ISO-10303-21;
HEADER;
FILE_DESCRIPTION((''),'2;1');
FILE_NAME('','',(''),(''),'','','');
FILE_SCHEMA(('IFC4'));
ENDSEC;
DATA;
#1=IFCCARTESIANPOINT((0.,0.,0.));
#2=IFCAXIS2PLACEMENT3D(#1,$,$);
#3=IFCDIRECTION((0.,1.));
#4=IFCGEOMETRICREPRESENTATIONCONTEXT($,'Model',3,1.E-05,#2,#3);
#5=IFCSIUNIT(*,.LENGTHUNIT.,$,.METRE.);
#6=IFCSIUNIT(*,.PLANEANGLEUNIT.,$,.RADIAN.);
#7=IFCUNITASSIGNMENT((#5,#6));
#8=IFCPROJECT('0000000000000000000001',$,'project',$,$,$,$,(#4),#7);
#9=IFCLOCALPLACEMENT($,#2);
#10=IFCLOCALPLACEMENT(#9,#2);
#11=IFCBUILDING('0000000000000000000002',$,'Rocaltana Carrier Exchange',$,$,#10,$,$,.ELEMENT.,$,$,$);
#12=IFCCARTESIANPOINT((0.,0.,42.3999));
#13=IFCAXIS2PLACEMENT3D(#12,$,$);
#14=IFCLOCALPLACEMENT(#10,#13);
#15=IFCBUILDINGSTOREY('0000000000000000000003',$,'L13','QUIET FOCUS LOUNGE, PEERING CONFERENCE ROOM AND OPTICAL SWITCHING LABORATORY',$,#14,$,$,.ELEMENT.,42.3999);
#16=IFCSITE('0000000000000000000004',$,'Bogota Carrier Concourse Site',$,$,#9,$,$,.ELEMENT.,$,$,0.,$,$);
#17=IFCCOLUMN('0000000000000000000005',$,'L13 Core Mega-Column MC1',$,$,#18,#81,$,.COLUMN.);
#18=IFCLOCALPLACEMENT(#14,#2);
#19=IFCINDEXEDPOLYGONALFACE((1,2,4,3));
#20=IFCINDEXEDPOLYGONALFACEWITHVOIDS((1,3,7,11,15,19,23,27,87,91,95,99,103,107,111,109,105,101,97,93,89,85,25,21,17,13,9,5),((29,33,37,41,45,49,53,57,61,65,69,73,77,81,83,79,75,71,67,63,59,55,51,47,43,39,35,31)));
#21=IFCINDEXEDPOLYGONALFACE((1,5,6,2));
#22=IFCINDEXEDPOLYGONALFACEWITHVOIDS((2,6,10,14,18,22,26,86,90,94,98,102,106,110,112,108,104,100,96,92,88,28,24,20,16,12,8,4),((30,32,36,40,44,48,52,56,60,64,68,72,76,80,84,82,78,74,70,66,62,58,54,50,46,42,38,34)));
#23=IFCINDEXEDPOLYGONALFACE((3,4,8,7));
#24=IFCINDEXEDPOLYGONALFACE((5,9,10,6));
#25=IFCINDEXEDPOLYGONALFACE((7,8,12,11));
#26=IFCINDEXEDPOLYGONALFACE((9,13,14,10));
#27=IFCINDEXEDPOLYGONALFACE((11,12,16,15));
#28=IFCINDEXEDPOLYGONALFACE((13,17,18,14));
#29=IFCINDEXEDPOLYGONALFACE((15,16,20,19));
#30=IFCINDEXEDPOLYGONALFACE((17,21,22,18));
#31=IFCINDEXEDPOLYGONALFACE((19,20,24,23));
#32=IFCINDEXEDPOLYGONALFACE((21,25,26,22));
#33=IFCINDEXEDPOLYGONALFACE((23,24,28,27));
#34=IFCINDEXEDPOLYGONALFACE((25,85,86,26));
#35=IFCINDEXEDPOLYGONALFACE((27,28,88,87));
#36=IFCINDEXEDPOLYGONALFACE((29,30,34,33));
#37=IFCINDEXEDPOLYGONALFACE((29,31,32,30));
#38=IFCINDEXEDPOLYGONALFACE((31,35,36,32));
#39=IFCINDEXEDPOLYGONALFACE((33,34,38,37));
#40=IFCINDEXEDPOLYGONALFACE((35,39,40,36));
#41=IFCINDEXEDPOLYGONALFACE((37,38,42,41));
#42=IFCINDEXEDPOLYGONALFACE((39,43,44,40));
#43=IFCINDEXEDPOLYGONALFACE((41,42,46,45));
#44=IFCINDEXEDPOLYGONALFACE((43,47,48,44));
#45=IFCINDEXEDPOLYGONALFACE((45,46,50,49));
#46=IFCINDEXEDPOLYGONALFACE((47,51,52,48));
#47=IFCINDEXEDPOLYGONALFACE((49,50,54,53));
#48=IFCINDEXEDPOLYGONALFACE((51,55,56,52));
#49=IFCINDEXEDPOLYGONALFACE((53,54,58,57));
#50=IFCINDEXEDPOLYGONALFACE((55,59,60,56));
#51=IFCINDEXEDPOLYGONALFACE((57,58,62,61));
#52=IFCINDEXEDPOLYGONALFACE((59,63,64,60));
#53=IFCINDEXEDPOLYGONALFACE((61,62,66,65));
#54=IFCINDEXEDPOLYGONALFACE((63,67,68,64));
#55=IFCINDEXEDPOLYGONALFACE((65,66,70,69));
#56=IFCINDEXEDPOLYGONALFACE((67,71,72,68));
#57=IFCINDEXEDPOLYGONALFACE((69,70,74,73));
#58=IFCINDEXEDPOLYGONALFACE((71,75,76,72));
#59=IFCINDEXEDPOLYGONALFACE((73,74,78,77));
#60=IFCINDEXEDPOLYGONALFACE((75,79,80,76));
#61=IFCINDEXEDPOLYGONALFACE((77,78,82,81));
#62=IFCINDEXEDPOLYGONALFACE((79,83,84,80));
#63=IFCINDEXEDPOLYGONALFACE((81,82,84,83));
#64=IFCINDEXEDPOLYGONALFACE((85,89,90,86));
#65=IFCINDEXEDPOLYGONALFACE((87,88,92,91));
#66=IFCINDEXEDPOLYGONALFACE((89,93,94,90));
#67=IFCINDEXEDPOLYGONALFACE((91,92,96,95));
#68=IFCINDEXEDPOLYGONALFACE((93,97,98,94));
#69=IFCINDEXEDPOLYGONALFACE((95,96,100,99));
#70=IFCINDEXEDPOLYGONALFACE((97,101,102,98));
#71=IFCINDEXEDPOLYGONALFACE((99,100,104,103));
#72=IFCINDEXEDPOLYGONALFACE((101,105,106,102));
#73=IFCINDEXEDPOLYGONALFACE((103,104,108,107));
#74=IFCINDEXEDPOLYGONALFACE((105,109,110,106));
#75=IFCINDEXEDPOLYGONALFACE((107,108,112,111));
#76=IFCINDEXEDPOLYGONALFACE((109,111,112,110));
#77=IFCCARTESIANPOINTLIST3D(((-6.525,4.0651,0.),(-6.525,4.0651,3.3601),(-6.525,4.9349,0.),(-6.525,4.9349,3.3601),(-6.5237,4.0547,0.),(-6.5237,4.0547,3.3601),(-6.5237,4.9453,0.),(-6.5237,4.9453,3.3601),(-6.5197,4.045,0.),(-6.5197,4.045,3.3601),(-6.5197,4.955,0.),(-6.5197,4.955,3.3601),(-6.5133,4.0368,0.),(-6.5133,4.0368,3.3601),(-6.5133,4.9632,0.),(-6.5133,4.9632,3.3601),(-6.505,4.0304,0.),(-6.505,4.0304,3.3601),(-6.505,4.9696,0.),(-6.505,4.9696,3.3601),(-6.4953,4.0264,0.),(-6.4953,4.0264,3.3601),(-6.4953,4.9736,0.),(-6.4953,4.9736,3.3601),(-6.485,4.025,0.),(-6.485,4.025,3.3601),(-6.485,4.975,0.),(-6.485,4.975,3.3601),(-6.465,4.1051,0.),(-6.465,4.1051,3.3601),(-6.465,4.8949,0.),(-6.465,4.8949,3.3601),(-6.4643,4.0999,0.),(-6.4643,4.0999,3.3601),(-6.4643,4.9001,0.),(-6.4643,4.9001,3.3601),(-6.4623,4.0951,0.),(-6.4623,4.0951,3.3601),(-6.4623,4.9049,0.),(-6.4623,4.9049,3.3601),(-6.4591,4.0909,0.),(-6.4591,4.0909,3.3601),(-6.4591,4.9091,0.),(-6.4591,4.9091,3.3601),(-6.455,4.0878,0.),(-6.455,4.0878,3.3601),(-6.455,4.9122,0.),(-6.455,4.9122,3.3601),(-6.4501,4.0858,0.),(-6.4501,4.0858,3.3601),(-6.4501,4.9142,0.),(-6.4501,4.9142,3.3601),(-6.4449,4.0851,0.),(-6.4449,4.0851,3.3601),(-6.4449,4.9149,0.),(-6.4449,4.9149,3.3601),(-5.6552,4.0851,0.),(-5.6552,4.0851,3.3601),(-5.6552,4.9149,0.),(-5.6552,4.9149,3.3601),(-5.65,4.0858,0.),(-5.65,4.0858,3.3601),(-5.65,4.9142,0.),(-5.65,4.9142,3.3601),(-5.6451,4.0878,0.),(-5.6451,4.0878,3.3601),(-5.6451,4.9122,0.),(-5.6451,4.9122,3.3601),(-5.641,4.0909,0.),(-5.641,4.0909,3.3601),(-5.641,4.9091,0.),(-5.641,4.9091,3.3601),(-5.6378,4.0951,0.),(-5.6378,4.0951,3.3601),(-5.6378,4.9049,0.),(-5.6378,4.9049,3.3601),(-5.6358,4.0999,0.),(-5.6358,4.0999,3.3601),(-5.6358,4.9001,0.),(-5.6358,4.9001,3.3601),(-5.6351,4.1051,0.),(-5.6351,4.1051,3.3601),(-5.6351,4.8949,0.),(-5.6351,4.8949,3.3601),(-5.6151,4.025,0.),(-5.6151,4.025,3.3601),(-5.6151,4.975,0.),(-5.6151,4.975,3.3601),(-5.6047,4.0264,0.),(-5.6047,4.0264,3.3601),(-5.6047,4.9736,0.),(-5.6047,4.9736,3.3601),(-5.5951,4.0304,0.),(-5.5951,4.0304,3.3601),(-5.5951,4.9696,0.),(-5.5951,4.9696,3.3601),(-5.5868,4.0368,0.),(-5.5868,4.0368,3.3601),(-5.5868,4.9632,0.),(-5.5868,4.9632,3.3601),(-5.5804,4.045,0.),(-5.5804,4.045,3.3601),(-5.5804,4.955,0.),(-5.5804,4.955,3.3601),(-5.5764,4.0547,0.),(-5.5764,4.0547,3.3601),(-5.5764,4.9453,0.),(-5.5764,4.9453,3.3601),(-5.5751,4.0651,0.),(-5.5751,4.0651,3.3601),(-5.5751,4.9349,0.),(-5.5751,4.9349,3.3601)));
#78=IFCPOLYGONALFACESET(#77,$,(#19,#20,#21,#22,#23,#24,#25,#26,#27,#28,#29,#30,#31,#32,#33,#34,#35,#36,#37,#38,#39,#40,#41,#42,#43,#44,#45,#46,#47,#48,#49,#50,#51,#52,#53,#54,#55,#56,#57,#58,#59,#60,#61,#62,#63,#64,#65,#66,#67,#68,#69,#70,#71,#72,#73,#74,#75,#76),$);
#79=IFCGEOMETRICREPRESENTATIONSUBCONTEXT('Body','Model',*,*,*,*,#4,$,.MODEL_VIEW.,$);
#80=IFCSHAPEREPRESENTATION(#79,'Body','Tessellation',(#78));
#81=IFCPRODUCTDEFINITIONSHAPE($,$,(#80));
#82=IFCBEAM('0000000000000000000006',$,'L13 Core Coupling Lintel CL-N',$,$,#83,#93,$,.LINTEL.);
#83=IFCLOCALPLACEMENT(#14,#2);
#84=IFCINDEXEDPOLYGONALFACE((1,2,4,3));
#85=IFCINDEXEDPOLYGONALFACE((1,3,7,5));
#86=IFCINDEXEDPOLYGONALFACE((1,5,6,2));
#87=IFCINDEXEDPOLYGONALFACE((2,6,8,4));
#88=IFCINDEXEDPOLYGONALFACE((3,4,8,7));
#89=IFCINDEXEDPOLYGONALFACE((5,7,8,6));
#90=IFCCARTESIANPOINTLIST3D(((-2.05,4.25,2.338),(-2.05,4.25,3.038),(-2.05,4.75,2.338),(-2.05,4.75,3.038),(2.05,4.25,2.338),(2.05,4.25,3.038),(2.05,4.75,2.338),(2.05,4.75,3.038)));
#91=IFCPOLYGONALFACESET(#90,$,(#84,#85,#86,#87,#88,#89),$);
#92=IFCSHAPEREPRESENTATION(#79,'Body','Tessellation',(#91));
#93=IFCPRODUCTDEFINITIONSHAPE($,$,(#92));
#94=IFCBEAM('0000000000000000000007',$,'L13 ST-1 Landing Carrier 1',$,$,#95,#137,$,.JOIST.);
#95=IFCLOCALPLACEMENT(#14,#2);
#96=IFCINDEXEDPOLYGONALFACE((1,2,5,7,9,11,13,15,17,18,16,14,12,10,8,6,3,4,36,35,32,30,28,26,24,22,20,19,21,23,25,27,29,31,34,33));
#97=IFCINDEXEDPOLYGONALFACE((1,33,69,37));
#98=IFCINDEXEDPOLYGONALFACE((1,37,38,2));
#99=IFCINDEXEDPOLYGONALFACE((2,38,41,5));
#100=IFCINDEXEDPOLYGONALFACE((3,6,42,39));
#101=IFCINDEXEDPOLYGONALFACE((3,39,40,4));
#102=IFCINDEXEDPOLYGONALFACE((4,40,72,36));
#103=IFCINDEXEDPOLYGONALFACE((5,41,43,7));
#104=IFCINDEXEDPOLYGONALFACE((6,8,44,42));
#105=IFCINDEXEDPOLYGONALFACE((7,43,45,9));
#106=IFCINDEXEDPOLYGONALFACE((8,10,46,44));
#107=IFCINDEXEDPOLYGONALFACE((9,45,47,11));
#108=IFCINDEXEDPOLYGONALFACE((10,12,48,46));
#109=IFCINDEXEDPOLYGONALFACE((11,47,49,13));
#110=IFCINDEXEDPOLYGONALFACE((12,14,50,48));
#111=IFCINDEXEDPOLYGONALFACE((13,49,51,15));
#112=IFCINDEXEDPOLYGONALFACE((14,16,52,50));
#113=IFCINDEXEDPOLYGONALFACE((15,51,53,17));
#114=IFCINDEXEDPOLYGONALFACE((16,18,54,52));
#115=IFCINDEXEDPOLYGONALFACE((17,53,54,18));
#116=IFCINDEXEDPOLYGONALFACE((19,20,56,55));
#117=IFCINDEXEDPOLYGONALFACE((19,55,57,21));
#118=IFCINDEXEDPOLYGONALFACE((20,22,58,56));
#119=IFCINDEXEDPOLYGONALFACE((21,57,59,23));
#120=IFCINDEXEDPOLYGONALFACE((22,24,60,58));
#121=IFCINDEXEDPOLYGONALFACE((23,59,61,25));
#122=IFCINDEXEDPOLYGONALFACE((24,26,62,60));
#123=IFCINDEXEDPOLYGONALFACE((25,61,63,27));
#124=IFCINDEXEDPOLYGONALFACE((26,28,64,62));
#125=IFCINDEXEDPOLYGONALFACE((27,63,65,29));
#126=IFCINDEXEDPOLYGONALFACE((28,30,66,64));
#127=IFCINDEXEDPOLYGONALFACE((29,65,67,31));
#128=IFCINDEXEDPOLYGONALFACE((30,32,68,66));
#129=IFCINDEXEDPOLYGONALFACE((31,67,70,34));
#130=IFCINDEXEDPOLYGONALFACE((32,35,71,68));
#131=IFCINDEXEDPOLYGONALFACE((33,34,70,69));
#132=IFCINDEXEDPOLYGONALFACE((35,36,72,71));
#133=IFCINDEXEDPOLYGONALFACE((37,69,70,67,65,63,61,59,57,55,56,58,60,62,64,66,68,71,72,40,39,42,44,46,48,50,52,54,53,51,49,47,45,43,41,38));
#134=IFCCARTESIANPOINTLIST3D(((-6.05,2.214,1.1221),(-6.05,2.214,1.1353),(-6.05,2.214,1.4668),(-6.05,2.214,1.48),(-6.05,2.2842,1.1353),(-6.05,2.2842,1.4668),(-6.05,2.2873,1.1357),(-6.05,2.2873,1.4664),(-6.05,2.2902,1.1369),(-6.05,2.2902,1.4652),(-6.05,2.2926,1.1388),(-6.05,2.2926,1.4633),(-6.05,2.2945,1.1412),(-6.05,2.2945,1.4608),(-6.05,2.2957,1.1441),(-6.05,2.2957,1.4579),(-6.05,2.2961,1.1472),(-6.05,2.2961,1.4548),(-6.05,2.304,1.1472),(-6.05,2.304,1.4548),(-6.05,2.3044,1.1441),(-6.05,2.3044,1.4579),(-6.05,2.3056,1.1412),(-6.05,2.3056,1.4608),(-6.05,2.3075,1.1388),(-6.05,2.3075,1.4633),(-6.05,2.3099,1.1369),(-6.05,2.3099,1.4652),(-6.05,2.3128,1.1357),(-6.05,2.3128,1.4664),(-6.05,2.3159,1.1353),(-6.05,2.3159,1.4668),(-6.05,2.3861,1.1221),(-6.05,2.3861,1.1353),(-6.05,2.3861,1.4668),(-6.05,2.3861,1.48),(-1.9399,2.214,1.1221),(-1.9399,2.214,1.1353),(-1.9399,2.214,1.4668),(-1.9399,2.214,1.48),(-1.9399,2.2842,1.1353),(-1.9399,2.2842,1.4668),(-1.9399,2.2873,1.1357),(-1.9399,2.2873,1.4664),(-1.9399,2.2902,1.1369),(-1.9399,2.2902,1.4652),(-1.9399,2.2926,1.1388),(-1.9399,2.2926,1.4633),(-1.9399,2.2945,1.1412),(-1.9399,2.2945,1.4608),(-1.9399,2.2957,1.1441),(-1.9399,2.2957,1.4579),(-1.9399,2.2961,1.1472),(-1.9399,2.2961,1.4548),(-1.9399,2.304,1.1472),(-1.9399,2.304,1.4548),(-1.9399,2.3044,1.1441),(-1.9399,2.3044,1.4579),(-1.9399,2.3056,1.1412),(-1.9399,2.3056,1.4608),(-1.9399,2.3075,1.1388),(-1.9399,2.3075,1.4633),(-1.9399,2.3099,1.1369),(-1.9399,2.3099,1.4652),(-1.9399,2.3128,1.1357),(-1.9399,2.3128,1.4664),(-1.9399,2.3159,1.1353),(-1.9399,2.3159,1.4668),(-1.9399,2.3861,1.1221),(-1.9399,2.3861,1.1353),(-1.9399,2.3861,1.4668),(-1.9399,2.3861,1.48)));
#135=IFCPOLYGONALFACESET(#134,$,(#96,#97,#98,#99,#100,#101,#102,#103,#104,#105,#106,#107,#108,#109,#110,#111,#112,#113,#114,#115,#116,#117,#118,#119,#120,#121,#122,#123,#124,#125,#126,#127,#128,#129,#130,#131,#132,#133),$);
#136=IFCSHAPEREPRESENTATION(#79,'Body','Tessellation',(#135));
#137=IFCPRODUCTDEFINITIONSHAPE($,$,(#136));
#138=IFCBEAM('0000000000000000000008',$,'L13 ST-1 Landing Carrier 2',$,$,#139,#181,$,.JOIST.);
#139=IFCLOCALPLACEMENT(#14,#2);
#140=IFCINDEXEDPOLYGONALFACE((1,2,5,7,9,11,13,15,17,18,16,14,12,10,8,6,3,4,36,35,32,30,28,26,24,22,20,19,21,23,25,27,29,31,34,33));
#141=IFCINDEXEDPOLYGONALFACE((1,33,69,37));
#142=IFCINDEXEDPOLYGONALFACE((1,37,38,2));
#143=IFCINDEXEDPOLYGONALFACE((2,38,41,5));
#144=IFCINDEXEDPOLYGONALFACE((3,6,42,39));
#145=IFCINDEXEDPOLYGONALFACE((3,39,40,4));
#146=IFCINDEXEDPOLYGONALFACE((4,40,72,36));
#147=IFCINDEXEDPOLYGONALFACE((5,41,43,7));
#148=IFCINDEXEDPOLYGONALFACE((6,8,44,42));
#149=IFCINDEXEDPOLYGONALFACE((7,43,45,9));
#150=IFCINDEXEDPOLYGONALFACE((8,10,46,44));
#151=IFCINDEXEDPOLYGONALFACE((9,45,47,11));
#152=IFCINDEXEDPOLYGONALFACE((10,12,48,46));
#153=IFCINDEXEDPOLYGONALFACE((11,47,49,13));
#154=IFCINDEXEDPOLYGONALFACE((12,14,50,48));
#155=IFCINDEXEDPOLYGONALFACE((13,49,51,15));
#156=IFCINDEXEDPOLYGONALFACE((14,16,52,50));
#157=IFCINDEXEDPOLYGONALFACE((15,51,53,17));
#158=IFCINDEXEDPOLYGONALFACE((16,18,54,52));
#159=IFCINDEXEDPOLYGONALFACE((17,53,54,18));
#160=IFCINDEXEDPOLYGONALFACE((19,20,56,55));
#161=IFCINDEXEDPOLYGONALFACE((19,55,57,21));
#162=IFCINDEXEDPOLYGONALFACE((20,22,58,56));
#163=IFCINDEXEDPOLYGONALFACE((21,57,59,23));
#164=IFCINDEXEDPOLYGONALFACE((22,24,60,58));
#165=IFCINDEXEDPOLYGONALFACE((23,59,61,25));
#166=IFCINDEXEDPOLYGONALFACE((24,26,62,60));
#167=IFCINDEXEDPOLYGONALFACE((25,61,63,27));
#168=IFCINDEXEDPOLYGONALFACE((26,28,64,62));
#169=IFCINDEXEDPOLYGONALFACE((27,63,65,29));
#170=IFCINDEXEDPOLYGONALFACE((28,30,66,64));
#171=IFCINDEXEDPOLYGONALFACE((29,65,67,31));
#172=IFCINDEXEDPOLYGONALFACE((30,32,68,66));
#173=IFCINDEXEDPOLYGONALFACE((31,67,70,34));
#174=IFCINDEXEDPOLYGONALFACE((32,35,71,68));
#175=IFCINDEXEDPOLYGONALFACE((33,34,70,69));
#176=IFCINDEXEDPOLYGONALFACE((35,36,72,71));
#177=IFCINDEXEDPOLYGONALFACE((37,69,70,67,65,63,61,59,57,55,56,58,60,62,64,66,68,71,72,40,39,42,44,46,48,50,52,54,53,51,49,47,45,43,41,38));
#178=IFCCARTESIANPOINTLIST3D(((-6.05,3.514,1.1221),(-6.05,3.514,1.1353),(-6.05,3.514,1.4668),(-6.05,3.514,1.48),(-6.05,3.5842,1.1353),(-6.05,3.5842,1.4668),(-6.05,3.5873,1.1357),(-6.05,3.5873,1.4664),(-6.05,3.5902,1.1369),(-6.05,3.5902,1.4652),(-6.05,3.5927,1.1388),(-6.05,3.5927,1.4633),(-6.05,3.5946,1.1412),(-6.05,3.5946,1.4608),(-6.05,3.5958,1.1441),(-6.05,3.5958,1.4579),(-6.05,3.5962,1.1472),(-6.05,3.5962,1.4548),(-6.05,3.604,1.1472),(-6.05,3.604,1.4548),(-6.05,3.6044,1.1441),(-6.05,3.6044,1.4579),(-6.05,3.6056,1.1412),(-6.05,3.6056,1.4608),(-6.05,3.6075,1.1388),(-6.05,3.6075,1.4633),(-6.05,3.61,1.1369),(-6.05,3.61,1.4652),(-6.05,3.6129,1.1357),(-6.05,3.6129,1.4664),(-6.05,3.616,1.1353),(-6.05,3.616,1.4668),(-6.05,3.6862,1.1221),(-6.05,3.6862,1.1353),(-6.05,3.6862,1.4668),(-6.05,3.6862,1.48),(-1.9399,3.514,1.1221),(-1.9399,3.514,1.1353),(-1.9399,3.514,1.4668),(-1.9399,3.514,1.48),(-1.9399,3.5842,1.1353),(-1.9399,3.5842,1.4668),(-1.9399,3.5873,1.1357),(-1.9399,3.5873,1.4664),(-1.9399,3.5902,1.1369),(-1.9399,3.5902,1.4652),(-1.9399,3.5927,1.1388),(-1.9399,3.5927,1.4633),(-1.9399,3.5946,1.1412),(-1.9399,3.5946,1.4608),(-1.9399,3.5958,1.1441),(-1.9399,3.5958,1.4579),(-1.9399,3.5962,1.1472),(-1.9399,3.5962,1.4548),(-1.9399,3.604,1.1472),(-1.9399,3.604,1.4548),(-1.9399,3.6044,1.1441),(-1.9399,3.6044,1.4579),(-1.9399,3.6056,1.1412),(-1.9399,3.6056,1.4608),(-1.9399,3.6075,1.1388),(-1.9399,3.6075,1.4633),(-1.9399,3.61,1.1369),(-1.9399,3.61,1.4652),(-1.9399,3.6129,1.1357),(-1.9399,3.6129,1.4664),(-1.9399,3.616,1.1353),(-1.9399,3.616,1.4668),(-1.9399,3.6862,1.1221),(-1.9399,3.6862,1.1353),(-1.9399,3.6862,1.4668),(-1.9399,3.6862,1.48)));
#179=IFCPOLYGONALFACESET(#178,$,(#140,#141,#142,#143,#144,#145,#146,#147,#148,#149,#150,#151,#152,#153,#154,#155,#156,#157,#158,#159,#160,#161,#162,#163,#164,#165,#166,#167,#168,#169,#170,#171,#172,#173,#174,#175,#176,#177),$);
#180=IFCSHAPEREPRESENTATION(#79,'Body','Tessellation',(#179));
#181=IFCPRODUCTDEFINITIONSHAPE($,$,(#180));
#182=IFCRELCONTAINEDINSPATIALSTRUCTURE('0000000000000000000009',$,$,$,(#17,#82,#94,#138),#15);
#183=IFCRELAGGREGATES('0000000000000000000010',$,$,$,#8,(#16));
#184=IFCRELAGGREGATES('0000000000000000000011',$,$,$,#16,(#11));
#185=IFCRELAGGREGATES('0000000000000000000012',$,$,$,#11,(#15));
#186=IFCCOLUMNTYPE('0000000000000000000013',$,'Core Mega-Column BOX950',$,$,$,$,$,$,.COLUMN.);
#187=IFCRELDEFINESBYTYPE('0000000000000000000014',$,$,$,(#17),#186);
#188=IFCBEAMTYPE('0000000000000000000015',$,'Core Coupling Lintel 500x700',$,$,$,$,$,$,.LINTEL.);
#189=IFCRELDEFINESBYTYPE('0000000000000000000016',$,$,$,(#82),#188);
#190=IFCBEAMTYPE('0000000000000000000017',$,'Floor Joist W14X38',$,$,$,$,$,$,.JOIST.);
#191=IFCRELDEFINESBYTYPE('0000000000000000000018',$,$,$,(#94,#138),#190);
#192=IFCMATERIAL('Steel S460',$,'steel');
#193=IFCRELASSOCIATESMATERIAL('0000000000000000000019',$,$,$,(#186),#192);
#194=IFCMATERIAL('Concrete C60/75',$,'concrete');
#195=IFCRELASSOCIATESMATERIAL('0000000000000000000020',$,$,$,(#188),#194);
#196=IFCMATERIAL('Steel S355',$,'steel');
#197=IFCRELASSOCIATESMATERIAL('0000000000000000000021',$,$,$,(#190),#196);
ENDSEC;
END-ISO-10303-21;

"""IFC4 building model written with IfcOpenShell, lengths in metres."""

from ifc_helpers import new_model, si_unit, direction, frame, origin, origin_2d, place, context, subcontext, project, spatial, rectangle, hollow_rectangle, i_section, extrude, material, material_profile, profile_set, type_object, element, save


model = new_model("IFC4")

# Units and contexts
model_context = context("Model", 3, precision=1e-05, world=origin(), true_north=direction((0.0, 1.0)))
body_context = subcontext(model_context, "Body", "Model", "MODEL_VIEW")
ifc_project = project(units=[si_unit("LENGTHUNIT", "METRE"), si_unit("PLANEANGLEUNIT", "RADIAN")], contexts=[model_context])

# Site, building, storey
site_placement = place(None, origin())
site = spatial("IfcSite", under=ifc_project, at=site_placement, Name="Bogota Carrier Concourse Site", CompositionType="ELEMENT", RefElevation=0.0)
building_placement = place(site_placement, origin())
building = spatial("IfcBuilding", under=site, at=building_placement, Name="Rocaltana Carrier Exchange", CompositionType="ELEMENT")
storey_placement = place(building_placement, frame((0.0, 0.0, 42.3999)))
storey = spatial("IfcBuildingStorey", under=building, at=storey_placement, Name="L13", Description="QUIET FOCUS LOUNGE, PEERING CONFERENCE ROOM AND OPTICAL SWITCHING LABORATORY", CompositionType="ELEMENT", Elevation=42.3999)

# Column
ifc_material_1 = material(Name="Steel S460", Category="steel")
ifc_material_profile_1 = material_profile(ifc_material_1, hollow_rectangle(XDim=0.95, YDim=0.95, WallThickness=0.0601, InnerFilletRadius=0.02, OuterFilletRadius=0.04, at=origin_2d()), Name="BOX950X950X60")
ifc_profile_set_1 = profile_set([ifc_material_profile_1], Name="Steel S460")
column_type = type_object("IfcColumnType", Name="Core Mega-Column BOX950", PredefinedType="COLUMN", material=ifc_profile_set_1)
column_placement = place(storey_placement, frame((-6.05, 4.5, 0.0), z_axis=(0.0, 0.0, 1.0), x_axis=(1.0, 0.0, 0.0)))
element("IfcColumn", 1, at=column_placement, inside=storey, type_object=column_type, Name="L13 Core Mega-Column MC1", PredefinedType="COLUMN", context=body_context, shape_type="SweptSolid", body=[
    extrude(hollow_rectangle(XDim=0.95, YDim=0.95, WallThickness=0.0601, InnerFilletRadius=0.02, OuterFilletRadius=0.04, at=origin_2d()), origin(), (0.0, 0.0, 1.0), 3.3601),
])

# Beams
ifc_material_2 = material(Name="Concrete C60/75", Category="concrete")
ifc_material_profile_2 = material_profile(ifc_material_2, rectangle(XDim=0.5, YDim=0.7, at=origin_2d()), Name="RC-BM-500X700")
ifc_profile_set_2 = profile_set([ifc_material_profile_2], Name="Concrete C60/75")
beam_type_1 = type_object("IfcBeamType", Name="Core Coupling Lintel 500x700", PredefinedType="LINTEL", material=ifc_profile_set_2)
beam_1_placement = place(storey_placement, frame((-2.05, 4.5, 2.688), z_axis=(1.0, 0.0, 0.0), x_axis=(0.0, 1.0, 0.0)))
element("IfcBeam", 2, at=beam_1_placement, inside=storey, type_object=beam_type_1, Name="L13 Core Coupling Lintel CL-N", PredefinedType="LINTEL", context=body_context, shape_type="SweptSolid", body=[
    extrude(rectangle(XDim=0.5, YDim=0.7, at=origin_2d()), origin(), (0.0, 0.0, 1.0), 4.1001),
])
ifc_material_3 = material(Name="Steel S355", Category="steel")
ifc_material_profile_3 = material_profile(ifc_material_3, i_section(OverallWidth=0.1721, OverallDepth=0.3579, WebThickness=0.0078, FlangeThickness=0.0132, FilletRadius=0.012, at=origin_2d()), Name="W14X38")
ifc_profile_set_3 = profile_set([ifc_material_profile_3], Name="Steel S355")
beam_type_2 = type_object("IfcBeamType", Name="Floor Joist W14X38", PredefinedType="JOIST", material=ifc_profile_set_3)
for number, where, z_axis, x_axis, name in (
    (3, (-6.05, 2.3, 1.301), (1.0, 0.0, 0.0), (0.0, 1.0, 0.0), "L13 ST-1 Landing Carrier 1"),
    (4, (-6.05, 3.6001, 1.301), (1.0, 0.0, 0.0), (0.0, 1.0, 0.0), "L13 ST-1 Landing Carrier 2"),
):
    element("IfcBeam", number, at=place(storey_placement, frame(where, z_axis=z_axis, x_axis=x_axis)), inside=storey, type_object=beam_type_2, Name=name, PredefinedType="JOIST", context=body_context, shape_type="SweptSolid", body=[
        extrude(i_section(OverallWidth=0.1721, OverallDepth=0.3579, WebThickness=0.0078, FlangeThickness=0.0132, FilletRadius=0.012, at=origin_2d()), origin(), (0.0, 0.0, 1.0), 4.1101),
    ])

save(model, "model.ifc")
